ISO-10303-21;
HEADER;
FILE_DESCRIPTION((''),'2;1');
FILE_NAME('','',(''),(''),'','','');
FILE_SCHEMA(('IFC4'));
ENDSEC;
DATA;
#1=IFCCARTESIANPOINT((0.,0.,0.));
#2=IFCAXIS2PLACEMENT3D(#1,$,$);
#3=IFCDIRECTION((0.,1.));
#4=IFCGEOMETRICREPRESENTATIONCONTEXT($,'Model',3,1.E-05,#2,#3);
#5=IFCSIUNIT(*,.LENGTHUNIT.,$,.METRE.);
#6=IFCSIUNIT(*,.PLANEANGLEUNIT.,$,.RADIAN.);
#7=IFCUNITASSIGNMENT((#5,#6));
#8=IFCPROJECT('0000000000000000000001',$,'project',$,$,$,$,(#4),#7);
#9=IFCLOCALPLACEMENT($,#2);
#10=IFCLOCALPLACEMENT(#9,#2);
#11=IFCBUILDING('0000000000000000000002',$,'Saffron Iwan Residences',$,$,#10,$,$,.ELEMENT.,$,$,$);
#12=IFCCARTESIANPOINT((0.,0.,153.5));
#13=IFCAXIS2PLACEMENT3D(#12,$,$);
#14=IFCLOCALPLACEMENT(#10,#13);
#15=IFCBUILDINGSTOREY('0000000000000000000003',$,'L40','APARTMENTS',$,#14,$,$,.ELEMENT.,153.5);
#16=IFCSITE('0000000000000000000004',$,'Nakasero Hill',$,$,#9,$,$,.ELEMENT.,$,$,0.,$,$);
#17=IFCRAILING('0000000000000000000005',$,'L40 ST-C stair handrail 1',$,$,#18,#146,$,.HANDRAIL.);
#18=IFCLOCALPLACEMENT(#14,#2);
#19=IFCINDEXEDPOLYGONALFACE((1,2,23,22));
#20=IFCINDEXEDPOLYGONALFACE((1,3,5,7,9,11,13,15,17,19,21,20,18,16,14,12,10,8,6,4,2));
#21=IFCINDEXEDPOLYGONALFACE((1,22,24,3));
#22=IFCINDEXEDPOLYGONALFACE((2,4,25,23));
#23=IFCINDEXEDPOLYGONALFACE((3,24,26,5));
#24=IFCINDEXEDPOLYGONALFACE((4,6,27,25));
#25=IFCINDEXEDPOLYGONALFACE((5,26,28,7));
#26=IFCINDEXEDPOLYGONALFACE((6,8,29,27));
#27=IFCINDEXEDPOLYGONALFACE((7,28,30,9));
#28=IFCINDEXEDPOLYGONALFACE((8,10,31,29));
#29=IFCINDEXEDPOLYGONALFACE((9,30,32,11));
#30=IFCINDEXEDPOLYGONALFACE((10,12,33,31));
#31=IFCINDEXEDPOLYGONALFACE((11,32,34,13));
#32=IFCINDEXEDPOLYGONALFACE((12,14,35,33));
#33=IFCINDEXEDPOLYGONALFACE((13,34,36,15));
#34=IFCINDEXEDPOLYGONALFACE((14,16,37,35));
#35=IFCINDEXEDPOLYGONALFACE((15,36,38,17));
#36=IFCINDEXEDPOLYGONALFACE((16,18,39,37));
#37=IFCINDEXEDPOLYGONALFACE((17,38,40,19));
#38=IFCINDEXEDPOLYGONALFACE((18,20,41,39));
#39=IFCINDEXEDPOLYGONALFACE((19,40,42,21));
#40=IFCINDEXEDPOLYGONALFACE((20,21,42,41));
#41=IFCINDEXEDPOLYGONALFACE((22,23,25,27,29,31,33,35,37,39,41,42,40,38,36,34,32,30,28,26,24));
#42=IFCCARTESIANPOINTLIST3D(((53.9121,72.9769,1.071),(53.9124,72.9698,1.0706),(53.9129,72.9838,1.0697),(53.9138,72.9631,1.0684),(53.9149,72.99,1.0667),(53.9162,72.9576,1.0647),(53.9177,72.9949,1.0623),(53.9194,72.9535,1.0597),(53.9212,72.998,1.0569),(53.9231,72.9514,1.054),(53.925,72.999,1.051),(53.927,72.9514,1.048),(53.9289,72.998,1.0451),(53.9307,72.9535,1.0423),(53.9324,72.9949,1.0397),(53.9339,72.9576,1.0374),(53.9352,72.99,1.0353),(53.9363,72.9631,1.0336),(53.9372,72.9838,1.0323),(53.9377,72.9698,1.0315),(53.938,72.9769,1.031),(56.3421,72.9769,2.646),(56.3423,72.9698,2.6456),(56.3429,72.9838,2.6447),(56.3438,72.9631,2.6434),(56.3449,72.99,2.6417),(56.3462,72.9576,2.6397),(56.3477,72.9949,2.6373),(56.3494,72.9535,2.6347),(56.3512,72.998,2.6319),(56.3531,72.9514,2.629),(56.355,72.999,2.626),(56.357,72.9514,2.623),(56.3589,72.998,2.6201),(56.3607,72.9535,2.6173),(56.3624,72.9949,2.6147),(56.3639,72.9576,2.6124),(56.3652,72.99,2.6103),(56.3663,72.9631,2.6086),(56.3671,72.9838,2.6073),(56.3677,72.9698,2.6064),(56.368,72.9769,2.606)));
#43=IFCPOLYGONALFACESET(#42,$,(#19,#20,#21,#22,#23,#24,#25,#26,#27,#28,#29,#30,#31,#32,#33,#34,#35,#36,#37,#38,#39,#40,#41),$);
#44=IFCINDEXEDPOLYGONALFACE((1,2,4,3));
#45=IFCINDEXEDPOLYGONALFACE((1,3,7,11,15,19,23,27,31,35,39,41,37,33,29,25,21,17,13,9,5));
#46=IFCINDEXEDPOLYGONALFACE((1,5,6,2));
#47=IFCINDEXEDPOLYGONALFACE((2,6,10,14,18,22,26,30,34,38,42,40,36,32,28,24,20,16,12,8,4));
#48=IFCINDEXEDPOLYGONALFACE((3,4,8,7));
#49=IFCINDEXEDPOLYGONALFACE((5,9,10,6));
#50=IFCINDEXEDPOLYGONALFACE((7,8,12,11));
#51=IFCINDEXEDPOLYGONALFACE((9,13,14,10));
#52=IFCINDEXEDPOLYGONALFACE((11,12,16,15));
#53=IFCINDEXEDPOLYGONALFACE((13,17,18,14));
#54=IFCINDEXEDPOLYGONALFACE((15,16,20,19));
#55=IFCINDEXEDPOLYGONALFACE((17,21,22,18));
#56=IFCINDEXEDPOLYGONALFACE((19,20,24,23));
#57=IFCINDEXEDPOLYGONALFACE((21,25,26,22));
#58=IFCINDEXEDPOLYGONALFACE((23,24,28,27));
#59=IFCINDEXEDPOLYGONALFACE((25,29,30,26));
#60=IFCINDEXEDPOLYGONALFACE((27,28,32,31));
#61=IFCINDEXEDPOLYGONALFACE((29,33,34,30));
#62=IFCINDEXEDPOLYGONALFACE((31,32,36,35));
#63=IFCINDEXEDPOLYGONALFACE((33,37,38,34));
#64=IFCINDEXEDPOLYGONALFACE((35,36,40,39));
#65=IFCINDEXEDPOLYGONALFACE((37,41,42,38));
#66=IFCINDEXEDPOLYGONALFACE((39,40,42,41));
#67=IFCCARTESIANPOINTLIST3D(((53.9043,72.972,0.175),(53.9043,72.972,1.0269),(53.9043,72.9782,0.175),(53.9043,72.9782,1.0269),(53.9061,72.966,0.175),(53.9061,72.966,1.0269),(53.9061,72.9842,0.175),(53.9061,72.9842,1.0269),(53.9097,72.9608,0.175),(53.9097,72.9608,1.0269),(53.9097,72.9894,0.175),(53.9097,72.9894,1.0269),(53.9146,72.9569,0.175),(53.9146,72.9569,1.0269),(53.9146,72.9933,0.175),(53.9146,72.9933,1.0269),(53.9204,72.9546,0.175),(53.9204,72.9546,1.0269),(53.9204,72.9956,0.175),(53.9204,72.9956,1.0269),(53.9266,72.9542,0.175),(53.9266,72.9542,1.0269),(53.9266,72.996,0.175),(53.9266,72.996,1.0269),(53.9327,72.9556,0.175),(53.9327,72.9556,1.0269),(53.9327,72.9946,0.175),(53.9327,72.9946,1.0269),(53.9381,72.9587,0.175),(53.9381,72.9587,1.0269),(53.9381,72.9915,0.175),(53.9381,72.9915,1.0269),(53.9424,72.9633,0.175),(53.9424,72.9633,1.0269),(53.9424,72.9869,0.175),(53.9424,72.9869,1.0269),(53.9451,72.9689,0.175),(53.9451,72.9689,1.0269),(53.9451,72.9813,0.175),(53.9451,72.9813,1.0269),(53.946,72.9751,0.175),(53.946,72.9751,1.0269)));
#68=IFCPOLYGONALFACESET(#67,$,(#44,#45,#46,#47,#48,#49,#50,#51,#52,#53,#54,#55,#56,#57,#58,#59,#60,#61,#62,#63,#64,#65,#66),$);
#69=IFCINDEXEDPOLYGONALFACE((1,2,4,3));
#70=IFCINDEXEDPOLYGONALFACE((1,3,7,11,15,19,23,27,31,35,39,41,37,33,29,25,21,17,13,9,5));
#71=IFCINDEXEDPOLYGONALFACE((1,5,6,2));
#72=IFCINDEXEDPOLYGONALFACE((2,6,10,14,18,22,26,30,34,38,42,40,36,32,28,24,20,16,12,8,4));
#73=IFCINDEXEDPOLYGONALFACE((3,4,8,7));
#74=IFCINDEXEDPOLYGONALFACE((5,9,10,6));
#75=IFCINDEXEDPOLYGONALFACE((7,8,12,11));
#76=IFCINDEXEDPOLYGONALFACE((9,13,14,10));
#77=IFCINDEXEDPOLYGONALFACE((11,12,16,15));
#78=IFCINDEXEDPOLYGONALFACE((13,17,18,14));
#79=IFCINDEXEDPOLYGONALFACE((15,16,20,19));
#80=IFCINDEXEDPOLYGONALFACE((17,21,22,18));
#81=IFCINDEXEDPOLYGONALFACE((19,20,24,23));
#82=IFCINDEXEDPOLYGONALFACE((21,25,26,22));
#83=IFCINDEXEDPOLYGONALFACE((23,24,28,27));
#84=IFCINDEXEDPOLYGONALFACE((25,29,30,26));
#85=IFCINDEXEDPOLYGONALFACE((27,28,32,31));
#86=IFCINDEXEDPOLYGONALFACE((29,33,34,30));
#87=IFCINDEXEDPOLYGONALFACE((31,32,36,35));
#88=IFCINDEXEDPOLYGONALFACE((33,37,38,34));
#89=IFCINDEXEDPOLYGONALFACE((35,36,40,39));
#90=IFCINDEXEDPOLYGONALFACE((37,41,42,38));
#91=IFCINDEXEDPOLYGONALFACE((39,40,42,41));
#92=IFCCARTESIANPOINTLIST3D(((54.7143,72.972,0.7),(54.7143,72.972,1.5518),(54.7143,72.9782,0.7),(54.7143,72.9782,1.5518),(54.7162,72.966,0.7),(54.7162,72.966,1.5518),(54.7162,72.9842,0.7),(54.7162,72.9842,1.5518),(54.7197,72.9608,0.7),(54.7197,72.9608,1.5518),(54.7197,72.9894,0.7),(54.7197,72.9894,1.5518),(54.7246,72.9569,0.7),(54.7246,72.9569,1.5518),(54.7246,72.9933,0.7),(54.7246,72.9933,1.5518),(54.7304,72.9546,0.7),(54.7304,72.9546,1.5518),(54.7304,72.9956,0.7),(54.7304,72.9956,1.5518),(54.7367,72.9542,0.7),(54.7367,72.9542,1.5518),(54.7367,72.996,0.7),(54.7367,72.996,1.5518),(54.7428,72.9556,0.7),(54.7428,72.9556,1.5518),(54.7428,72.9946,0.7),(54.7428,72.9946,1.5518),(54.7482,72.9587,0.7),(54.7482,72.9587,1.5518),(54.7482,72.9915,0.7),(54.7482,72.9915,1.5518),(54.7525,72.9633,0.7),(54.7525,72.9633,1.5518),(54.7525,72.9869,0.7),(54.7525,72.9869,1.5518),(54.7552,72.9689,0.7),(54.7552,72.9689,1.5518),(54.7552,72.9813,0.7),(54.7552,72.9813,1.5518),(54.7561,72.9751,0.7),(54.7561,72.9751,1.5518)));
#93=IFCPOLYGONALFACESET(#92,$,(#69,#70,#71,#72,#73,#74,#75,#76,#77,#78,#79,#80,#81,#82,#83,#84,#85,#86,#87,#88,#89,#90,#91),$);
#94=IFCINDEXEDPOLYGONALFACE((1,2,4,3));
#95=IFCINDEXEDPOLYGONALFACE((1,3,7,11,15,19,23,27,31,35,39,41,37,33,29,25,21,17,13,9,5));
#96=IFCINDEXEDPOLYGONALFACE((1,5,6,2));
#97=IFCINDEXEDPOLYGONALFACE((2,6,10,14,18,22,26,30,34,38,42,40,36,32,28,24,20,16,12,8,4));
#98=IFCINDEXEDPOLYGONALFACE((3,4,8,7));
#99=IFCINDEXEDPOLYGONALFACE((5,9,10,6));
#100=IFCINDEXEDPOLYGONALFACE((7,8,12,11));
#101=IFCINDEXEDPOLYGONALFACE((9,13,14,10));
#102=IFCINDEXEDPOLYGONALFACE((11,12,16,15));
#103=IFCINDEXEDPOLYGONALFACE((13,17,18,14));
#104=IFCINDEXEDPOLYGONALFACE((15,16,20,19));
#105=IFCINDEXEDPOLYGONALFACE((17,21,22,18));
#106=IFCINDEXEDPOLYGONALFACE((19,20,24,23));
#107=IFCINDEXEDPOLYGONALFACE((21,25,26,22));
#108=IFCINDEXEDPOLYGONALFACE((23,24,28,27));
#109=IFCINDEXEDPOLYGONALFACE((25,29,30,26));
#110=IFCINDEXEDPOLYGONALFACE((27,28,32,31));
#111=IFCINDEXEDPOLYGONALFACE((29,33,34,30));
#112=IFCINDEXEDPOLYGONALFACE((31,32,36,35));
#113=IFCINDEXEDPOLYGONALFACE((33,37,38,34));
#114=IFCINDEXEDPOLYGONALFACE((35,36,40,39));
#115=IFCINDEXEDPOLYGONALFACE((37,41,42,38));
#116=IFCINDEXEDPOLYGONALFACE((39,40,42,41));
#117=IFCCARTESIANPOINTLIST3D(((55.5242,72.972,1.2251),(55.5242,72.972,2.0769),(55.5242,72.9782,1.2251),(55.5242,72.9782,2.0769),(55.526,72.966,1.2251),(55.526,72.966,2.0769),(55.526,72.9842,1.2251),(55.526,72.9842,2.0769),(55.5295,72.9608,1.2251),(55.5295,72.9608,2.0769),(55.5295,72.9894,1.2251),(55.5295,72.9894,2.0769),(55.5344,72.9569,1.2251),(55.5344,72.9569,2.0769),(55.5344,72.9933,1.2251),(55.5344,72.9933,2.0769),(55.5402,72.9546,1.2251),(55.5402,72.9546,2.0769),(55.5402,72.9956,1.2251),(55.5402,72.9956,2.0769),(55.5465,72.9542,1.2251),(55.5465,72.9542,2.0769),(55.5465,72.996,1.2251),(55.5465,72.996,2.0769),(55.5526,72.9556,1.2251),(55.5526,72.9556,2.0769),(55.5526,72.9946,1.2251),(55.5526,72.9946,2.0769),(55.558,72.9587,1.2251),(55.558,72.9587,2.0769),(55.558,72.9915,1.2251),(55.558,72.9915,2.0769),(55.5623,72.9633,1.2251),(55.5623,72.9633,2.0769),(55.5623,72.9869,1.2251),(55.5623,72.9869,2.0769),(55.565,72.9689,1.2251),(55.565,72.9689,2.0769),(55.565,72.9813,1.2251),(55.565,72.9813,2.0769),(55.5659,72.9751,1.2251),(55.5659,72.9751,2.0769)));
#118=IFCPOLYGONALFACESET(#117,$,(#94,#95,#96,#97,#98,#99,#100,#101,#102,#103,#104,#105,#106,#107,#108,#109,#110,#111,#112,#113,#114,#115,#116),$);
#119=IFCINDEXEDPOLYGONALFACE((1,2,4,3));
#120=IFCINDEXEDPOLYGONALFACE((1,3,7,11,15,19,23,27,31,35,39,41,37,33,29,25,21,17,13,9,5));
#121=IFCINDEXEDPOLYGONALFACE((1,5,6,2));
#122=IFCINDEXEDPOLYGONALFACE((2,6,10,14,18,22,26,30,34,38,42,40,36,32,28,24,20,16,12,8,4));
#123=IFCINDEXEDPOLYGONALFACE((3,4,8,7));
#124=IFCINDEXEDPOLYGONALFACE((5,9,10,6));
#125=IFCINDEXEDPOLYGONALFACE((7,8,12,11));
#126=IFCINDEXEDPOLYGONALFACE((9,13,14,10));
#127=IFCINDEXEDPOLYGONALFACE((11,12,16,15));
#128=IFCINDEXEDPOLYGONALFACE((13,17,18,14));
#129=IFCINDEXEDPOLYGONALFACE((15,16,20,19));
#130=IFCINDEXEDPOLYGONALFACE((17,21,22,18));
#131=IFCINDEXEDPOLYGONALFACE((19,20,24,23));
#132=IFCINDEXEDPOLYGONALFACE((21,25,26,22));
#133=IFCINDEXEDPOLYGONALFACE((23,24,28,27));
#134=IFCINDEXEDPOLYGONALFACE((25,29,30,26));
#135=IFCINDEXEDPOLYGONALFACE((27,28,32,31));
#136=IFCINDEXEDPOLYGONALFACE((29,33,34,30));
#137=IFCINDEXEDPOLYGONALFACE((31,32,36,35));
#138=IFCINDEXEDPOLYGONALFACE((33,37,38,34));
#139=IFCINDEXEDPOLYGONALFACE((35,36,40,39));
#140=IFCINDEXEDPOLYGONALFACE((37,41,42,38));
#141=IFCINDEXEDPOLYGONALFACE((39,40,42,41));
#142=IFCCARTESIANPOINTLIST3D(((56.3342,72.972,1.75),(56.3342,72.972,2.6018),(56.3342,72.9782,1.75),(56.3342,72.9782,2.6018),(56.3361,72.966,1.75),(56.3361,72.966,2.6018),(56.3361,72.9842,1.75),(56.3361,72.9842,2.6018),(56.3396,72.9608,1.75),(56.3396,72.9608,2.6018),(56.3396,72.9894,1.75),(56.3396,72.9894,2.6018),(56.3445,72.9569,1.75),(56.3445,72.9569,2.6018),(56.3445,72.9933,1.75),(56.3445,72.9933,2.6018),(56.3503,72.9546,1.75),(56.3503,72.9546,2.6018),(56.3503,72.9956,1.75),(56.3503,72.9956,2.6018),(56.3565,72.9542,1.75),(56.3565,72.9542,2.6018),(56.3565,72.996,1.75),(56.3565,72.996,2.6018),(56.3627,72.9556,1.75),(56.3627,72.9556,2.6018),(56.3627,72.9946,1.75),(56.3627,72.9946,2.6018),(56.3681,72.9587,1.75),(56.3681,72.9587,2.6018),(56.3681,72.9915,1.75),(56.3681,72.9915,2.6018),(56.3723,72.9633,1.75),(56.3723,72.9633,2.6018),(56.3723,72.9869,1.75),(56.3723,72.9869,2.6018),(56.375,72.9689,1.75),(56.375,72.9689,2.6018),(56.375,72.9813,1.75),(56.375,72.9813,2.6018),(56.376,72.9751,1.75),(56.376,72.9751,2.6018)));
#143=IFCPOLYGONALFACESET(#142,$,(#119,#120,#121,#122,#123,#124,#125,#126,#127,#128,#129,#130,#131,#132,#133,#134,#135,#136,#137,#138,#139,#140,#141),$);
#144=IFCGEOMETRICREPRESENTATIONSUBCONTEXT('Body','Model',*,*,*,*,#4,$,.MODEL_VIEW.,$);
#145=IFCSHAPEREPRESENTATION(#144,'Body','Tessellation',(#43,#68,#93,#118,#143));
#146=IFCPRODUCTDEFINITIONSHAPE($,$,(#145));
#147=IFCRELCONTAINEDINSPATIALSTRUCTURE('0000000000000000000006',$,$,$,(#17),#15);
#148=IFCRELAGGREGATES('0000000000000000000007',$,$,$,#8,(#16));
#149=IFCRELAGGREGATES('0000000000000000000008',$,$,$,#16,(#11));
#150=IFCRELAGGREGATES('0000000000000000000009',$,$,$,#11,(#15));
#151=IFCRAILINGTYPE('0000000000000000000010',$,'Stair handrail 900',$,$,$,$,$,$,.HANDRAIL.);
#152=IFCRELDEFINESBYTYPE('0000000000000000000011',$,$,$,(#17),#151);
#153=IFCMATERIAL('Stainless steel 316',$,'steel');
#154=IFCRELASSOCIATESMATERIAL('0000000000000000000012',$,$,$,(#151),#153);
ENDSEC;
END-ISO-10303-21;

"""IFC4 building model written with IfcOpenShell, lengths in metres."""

from ifc_helpers import new_model, si_unit, direction, frame, origin, origin_2d, place, context, subcontext, project, spatial, circle, extrude, material, type_object, element, save


model = new_model("IFC4")

# Units and contexts
model_context = context("Model", 3, precision=1e-05, world=origin(), true_north=direction((0.0, 1.0)))
body_context = subcontext(model_context, "Body", "Model", "MODEL_VIEW")
ifc_project = project(units=[si_unit("LENGTHUNIT", "METRE"), si_unit("PLANEANGLEUNIT", "RADIAN")], contexts=[model_context])

# Site, building, storey
site_placement = place(None, origin())
site = spatial("IfcSite", under=ifc_project, at=site_placement, Name="Nakasero Hill", CompositionType="ELEMENT", RefElevation=0.0)
building_placement = place(site_placement, origin())
building = spatial("IfcBuilding", under=site, at=building_placement, Name="Saffron Iwan Residences", CompositionType="ELEMENT")
storey_placement = place(building_placement, frame((0.0, 0.0, 153.5)))
storey = spatial("IfcBuildingStorey", under=building, at=storey_placement, Name="L40", Description="APARTMENTS", CompositionType="ELEMENT", Elevation=153.5)

# Railing
ifc_material_1 = material(Name="Stainless steel 316", Category="steel")
railing_type_1 = type_object("IfcRailingType", Name="Stair handrail 900", PredefinedType="HANDRAIL", material=ifc_material_1)
railing_1_placement = place(storey_placement, frame((53.925, 72.9751, 0.175)))
element("IfcRailing", 1, at=railing_1_placement, inside=storey, type_object=railing_type_1, Name="L40 ST-C stair handrail 1", PredefinedType="HANDRAIL", context=body_context, shape_type="SweptSolid", body=[
    extrude(circle(Radius=0.0239, at=origin_2d()), frame((0.0, 0.0, 0.876), z_axis=(0.839154, 0.0, 0.543894), x_axis=(0.0, 1.0, 0.0)), (0.0, 0.0, 1.0), 2.8958),
    extrude(circle(Radius=0.021, at=origin_2d()), origin(), (0.0, 0.0, 1.0), 0.8518),
    extrude(circle(Radius=0.021, at=origin_2d()), frame((0.8101, 0.0, 0.5249)), (0.0, 0.0, 1.0), 0.8518),
    extrude(circle(Radius=0.021, at=origin_2d()), frame((1.6199, 0.0, 1.05)), (0.0, 0.0, 1.0), 0.8518),
    extrude(circle(Radius=0.021, at=origin_2d()), frame((2.4299, 0.0, 1.575)), (0.0, 0.0, 1.0), 0.8518),
])

save(model, "model.ifc")
